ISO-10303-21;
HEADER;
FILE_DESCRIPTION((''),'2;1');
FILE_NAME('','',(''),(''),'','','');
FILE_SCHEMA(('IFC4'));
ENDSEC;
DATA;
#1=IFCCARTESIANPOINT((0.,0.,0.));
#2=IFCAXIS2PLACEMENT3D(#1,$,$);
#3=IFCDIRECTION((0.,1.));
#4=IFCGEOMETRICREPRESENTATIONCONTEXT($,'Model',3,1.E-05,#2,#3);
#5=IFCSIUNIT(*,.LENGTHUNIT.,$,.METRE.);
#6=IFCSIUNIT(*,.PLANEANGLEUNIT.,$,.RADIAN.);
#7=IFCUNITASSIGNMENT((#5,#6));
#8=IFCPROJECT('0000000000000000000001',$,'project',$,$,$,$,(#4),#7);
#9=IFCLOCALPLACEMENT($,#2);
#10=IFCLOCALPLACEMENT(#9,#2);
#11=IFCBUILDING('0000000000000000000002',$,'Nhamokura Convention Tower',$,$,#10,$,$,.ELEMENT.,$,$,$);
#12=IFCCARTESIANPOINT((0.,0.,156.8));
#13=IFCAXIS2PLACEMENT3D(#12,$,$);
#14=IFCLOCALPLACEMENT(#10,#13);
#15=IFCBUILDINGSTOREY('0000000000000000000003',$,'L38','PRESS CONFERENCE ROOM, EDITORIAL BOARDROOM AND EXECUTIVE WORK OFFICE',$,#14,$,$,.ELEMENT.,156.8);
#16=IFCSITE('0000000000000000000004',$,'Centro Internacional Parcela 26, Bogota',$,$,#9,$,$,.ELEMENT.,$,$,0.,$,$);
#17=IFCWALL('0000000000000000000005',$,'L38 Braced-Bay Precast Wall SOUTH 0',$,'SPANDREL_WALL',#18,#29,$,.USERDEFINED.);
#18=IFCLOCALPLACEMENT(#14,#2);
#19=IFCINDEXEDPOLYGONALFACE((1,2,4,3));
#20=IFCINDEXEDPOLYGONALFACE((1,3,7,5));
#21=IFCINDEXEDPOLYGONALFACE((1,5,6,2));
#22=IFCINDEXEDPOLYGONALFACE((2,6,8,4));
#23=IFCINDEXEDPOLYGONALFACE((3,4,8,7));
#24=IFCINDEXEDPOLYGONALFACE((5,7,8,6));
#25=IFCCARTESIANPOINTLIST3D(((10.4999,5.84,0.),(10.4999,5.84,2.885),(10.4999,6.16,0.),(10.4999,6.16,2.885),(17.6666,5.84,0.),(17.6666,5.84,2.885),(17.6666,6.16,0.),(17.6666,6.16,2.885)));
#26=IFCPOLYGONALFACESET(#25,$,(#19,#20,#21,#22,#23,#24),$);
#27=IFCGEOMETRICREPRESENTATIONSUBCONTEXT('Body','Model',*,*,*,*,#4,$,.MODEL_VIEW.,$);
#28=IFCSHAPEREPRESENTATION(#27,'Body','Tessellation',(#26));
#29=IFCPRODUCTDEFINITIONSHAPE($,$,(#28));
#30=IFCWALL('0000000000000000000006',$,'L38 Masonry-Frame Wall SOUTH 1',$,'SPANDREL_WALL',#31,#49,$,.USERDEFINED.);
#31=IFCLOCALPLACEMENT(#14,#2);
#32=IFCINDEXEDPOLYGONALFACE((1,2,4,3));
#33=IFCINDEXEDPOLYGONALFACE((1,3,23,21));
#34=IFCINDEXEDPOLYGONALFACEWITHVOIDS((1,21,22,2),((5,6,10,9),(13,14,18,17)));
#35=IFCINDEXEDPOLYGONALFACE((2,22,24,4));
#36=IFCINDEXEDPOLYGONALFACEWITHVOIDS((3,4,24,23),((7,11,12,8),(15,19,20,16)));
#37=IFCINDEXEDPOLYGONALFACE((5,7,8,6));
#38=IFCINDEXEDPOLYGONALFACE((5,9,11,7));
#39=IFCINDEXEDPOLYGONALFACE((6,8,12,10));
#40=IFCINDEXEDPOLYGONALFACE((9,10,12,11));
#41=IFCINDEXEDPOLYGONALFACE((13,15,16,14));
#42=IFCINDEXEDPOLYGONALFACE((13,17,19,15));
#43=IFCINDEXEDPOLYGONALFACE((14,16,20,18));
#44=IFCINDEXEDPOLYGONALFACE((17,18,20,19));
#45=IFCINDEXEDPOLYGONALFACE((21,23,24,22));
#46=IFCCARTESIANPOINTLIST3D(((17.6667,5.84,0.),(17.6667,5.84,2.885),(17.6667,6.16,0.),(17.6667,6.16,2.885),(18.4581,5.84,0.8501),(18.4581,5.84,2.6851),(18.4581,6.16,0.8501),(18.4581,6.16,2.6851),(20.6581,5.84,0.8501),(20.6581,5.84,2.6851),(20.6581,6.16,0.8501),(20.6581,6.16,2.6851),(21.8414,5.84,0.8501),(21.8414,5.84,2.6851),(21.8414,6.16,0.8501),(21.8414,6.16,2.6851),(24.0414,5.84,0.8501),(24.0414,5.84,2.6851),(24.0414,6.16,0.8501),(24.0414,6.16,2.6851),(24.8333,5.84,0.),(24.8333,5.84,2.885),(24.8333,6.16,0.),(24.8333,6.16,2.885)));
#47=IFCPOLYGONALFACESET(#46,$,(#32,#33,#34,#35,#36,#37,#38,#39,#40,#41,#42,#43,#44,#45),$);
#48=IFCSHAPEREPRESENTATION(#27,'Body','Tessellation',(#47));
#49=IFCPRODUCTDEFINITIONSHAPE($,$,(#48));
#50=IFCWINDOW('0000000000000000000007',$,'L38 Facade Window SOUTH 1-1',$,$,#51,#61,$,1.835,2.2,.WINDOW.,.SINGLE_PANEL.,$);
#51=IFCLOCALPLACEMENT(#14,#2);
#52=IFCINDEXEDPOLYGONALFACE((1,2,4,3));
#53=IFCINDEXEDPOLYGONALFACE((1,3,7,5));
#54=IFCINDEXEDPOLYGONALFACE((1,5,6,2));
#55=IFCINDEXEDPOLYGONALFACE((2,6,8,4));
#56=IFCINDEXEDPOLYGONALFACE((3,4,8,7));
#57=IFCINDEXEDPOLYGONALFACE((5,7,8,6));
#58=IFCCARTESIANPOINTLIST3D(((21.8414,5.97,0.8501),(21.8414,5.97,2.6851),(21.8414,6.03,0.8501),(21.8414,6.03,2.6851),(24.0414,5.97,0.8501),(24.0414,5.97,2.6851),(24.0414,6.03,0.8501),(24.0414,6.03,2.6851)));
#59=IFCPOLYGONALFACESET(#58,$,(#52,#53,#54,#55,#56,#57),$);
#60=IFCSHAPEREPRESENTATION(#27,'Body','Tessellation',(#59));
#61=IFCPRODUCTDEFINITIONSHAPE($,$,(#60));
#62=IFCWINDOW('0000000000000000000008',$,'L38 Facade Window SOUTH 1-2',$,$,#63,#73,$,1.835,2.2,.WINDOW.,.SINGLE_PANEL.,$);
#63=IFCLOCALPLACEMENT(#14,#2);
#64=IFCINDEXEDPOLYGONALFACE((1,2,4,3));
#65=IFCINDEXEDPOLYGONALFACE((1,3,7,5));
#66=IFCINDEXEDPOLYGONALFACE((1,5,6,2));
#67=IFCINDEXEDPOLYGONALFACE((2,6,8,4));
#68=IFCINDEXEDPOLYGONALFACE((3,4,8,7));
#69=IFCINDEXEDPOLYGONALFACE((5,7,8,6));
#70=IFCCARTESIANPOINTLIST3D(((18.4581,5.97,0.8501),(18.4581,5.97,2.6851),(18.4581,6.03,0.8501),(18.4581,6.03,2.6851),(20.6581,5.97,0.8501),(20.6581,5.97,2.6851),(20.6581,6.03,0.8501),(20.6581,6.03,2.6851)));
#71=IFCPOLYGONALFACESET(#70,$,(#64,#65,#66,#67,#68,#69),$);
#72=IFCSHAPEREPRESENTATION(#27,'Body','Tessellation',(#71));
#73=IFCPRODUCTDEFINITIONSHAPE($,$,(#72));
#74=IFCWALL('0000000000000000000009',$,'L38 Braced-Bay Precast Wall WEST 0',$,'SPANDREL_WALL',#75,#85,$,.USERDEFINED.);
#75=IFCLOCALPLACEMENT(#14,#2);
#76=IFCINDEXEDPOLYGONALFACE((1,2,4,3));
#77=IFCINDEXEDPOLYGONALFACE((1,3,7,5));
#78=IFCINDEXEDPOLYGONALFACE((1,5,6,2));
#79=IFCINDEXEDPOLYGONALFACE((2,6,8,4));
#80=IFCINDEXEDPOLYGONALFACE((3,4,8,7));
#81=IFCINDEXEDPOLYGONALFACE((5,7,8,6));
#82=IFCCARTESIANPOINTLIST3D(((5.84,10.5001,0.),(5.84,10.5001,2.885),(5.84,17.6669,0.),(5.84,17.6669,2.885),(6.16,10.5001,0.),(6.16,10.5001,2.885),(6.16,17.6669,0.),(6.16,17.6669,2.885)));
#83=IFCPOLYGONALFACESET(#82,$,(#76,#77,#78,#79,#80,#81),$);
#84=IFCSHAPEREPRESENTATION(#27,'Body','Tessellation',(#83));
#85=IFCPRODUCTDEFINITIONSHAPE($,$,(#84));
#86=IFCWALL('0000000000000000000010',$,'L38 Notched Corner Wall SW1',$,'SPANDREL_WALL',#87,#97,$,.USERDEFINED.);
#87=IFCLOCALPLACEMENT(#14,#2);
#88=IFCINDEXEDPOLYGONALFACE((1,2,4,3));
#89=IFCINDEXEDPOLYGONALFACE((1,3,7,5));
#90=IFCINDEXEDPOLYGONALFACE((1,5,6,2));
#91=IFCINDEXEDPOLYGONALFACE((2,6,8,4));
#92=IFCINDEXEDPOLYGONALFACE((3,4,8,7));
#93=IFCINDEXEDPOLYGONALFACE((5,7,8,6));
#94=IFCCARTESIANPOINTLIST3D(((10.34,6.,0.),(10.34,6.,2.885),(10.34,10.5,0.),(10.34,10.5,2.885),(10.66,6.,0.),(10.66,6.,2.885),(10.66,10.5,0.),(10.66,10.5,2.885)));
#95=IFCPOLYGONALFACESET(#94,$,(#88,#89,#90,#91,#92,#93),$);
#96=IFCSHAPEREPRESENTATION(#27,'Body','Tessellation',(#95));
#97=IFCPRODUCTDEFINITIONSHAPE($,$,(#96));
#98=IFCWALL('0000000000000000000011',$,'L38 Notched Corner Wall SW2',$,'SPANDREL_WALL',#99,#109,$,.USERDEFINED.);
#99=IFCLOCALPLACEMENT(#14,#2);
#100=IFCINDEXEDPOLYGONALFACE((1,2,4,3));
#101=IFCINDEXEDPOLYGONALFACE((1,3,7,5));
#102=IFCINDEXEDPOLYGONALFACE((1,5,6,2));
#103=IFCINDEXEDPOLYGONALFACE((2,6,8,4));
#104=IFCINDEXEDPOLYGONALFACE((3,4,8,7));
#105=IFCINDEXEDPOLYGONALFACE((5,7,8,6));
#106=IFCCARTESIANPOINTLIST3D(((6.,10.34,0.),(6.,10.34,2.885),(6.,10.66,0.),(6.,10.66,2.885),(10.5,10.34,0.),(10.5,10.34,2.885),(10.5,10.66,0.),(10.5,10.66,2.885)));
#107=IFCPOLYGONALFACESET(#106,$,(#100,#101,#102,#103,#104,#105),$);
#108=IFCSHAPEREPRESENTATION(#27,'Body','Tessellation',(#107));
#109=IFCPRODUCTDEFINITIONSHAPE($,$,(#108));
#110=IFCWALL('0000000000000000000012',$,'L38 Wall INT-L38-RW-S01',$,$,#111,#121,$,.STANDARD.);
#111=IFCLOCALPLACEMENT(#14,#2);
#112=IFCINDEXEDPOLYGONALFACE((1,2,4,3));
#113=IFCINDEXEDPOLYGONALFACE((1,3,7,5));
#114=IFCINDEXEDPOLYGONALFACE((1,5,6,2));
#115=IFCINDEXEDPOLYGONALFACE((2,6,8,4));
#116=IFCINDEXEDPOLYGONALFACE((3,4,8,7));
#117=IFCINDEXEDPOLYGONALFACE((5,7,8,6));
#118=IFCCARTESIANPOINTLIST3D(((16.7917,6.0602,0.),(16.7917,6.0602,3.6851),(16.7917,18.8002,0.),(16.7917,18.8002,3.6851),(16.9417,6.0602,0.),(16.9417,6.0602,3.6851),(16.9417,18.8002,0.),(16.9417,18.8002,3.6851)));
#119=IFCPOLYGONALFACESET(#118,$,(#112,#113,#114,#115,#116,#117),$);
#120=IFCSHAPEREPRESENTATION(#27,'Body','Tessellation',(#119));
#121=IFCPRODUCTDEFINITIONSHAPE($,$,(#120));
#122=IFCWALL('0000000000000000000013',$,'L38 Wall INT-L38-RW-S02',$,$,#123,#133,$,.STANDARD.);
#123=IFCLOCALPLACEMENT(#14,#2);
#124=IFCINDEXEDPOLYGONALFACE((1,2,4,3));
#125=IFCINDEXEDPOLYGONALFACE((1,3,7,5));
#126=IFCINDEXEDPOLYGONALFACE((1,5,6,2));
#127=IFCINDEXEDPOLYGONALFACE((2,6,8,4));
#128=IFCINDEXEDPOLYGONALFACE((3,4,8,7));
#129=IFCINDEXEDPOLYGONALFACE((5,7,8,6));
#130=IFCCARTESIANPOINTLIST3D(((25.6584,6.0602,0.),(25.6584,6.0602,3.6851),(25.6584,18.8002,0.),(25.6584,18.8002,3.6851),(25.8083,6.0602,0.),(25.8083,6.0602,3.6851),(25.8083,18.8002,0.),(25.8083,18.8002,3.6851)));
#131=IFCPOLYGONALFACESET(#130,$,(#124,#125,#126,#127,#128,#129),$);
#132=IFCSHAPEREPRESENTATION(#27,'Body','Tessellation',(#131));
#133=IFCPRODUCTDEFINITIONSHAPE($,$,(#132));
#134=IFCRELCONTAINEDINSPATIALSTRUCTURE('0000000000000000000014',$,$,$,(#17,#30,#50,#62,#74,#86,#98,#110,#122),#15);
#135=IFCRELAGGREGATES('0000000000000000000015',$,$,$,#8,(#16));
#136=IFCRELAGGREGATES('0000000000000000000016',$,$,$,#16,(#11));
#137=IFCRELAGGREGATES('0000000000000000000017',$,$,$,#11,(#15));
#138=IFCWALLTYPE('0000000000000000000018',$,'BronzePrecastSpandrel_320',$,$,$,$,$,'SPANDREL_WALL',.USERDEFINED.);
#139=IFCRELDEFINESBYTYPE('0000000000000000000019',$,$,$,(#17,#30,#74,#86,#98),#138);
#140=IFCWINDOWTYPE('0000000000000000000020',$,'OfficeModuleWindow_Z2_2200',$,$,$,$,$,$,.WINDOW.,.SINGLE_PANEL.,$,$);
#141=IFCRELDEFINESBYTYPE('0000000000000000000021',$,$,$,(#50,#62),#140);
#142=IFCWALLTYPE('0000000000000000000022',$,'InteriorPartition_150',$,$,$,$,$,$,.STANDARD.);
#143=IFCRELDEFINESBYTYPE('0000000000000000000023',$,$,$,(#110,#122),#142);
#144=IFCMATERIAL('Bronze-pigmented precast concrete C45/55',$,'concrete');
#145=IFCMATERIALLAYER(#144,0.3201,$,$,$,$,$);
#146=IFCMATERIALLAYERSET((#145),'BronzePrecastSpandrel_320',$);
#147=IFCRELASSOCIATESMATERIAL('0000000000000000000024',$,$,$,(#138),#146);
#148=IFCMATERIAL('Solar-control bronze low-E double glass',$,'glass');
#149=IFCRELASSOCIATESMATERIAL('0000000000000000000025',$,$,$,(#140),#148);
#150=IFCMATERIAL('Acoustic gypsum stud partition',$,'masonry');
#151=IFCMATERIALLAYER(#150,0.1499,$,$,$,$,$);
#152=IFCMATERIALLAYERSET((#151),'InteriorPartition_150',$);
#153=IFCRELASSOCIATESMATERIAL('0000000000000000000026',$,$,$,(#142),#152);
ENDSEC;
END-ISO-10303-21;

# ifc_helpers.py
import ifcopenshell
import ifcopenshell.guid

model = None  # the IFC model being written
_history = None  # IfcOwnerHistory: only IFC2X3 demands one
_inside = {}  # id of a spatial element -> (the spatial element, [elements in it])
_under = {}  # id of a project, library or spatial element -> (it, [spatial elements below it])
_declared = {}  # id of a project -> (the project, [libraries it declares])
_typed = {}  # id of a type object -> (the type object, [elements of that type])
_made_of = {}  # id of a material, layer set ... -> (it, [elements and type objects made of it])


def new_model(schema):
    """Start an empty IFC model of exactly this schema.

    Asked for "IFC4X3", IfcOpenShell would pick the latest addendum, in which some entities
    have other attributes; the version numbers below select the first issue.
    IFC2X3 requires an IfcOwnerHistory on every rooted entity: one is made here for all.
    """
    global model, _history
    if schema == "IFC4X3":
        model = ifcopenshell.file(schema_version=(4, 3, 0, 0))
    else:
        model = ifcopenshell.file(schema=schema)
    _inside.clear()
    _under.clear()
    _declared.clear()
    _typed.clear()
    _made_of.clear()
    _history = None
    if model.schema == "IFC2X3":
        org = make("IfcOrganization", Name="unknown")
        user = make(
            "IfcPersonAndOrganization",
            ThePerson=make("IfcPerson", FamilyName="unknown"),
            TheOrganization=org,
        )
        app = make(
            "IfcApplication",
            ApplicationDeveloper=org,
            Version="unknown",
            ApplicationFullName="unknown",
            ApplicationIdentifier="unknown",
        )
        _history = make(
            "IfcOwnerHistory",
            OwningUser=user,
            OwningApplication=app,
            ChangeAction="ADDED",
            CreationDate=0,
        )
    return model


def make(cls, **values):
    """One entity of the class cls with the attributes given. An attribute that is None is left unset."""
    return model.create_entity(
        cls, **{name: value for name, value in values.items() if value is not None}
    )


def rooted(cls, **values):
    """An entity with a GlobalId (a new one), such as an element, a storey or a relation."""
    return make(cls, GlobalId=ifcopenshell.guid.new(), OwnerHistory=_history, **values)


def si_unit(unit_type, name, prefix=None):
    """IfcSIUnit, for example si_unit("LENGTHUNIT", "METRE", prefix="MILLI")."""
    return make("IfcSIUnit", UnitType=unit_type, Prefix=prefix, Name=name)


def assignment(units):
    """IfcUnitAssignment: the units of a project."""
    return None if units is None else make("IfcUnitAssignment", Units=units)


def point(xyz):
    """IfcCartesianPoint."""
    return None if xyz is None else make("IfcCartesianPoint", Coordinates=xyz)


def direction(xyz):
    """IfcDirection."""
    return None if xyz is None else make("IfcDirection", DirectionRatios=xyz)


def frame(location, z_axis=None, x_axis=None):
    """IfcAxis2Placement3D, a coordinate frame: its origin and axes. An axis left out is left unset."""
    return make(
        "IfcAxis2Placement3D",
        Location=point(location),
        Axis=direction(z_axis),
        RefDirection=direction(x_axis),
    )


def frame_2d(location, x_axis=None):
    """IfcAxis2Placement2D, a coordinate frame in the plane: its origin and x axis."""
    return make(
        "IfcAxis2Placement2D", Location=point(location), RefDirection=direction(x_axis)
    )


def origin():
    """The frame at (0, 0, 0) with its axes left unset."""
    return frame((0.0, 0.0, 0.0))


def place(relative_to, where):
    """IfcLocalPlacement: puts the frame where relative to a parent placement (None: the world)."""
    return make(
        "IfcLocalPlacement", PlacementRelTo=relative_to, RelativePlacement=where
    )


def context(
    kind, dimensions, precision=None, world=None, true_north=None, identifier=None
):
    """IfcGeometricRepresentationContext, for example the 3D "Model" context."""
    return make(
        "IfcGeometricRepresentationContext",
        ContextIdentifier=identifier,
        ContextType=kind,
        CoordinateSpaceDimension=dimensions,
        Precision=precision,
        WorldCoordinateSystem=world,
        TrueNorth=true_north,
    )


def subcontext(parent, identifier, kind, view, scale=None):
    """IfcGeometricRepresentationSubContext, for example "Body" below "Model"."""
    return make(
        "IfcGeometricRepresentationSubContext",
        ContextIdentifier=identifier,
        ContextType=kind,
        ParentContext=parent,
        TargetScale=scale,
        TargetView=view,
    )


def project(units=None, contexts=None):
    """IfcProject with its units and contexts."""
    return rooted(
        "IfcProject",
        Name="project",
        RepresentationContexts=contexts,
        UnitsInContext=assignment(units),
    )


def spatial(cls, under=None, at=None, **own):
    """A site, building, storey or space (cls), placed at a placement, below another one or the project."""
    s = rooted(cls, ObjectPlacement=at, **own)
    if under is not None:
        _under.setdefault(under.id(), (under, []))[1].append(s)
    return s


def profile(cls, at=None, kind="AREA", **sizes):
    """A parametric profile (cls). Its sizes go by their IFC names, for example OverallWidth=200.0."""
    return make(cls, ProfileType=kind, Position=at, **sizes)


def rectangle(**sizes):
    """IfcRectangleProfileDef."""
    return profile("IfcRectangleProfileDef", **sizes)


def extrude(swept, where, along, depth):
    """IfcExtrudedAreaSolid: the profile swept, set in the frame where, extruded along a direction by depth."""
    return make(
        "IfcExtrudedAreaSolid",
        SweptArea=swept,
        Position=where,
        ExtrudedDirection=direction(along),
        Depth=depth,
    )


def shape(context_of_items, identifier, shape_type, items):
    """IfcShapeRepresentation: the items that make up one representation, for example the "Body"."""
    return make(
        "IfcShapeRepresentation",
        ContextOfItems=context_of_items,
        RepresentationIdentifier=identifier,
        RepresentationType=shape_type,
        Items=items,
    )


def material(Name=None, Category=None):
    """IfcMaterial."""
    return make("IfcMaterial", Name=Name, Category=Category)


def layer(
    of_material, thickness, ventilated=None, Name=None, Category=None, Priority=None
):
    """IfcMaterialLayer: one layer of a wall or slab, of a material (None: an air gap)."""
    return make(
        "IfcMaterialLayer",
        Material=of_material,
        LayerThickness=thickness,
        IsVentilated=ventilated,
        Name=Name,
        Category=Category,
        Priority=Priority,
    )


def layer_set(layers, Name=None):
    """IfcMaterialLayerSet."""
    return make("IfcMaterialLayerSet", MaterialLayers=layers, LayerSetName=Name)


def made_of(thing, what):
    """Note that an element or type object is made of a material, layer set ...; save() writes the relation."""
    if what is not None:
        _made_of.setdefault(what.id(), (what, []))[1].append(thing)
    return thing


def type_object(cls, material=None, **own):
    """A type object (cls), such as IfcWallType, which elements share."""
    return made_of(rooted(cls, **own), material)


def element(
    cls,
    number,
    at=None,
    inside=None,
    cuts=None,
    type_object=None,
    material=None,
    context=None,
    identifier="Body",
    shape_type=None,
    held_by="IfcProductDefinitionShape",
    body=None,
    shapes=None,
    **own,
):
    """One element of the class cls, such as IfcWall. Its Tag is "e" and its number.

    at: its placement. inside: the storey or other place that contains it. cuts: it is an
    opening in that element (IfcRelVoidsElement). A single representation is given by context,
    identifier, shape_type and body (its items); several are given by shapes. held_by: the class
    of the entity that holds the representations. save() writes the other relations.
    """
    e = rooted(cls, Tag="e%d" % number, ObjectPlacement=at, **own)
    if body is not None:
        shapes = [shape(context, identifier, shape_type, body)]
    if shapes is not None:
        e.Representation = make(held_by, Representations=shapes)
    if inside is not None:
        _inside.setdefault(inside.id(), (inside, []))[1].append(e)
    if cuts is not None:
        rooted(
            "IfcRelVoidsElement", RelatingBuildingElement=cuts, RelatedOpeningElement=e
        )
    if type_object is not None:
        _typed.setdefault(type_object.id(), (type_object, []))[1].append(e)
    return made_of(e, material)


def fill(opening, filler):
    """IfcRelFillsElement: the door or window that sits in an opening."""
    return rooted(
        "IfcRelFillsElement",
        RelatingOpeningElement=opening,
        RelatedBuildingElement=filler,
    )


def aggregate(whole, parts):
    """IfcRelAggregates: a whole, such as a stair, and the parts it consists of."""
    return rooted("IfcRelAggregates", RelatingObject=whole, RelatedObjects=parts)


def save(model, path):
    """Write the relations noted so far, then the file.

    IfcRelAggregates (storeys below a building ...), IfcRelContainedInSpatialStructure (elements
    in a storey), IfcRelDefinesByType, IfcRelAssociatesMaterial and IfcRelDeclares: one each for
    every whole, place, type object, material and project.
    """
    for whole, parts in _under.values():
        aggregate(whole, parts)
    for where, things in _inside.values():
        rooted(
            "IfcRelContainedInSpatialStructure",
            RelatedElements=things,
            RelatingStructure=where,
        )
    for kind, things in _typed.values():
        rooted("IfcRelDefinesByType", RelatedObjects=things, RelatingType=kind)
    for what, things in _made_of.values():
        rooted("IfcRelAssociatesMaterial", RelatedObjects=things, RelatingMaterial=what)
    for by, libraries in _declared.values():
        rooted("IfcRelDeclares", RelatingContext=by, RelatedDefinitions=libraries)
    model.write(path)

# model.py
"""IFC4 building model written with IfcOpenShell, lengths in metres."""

from ifc_helpers import new_model, si_unit, direction, frame, frame_2d, origin, place, context, subcontext, project, spatial, rectangle, extrude, material, layer, layer_set, type_object, element, fill, save


model = new_model("IFC4")

# Units and contexts
model_context = context("Model", 3, precision=1e-05, world=origin(), true_north=direction((0.0, 1.0)))
body_context = subcontext(model_context, "Body", "Model", "MODEL_VIEW")
ifc_project = project(units=[si_unit("LENGTHUNIT", "METRE"), si_unit("PLANEANGLEUNIT", "RADIAN")], contexts=[model_context])

# Site, building, storey
site_placement = place(None, origin())
site = spatial("IfcSite", under=ifc_project, at=site_placement, Name="Centro Internacional Parcela 26, Bogota", CompositionType="ELEMENT", RefElevation=0.0)
building_placement = place(site_placement, origin())
building = spatial("IfcBuilding", under=site, at=building_placement, Name="Nhamokura Convention Tower", CompositionType="ELEMENT")
storey_placement = place(building_placement, frame((0.0, 0.0, 156.8)))
storey = spatial("IfcBuildingStorey", under=building, at=storey_placement, Name="L38", Description="PRESS CONFERENCE ROOM, EDITORIAL BOARDROOM AND EXECUTIVE WORK OFFICE", CompositionType="ELEMENT", Elevation=156.8)

# Wall
ifc_material_1 = material(Name="Bronze-pigmented precast concrete C45/55", Category="concrete")
ifc_layer_1 = layer(ifc_material_1, 0.3201)
ifc_layer_set_1 = layer_set([ifc_layer_1], Name="BronzePrecastSpandrel_320")
wall_type_1 = type_object("IfcWallType", Name="BronzePrecastSpandrel_320", ElementType="SPANDREL_WALL", PredefinedType="USERDEFINED", material=ifc_layer_set_1)
wall_1_placement = place(storey_placement, frame((17.6667, 6.0, 0.0), z_axis=(0.0, 0.0, 1.0), x_axis=(-1.0, 0.0, 0.0)))
element("IfcWall", 1, at=wall_1_placement, inside=storey, type_object=wall_type_1, Name="L38 Braced-Bay Precast Wall SOUTH 0", ObjectType="SPANDREL_WALL", PredefinedType="USERDEFINED", context=body_context, shape_type="SweptSolid", body=[
    extrude(rectangle(XDim=7.1667, YDim=0.3201, at=frame_2d((3.5835, 0.0))), origin(), (0.0, 0.0, 1.0), 2.885),
])

# Wall, openings, windows
wall_2_placement = place(storey_placement, frame((24.8333, 6.0, 0.0), z_axis=(0.0, 0.0, 1.0), x_axis=(-1.0, 0.0, 0.0)))
wall_2 = element("IfcWall", 2, at=wall_2_placement, inside=storey, type_object=wall_type_1, Name="L38 Masonry-Frame Wall SOUTH 1", ObjectType="SPANDREL_WALL", PredefinedType="USERDEFINED", context=body_context, shape_type="SweptSolid", body=[
    extrude(rectangle(XDim=7.1665, YDim=0.3201, at=frame_2d((3.5833, 0.0))), origin(), (0.0, 0.0, 1.0), 2.885),
])
opening_1_placement = place(wall_2_placement, frame((0.7917, 0.0, 0.8501)))
opening_1 = element("IfcOpeningElement", 3, at=opening_1_placement, cuts=wall_2, PredefinedType="OPENING", context=body_context, shape_type="SweptSolid", body=[
    extrude(rectangle(XDim=2.2, YDim=1.835, at=frame_2d((1.1001, 0.9175))), frame((0.0, 0.1699, 0.0), z_axis=(0.0, -1.0, 0.0), x_axis=(1.0, 0.0, 0.0)), (0.0, 0.0, 1.0), 0.3401),
])
opening_2_placement = place(wall_2_placement, frame((4.175, 0.0, 0.8501)))
opening_2 = element("IfcOpeningElement", 4, at=opening_2_placement, cuts=wall_2, PredefinedType="OPENING", context=body_context, shape_type="SweptSolid", body=[
    extrude(rectangle(XDim=2.2, YDim=1.835, at=frame_2d((1.1001, 0.9175))), frame((0.0, 0.1699, 0.0), z_axis=(0.0, -1.0, 0.0), x_axis=(1.0, 0.0, 0.0)), (0.0, 0.0, 1.0), 0.3401),
])
ifc_material_2 = material(Name="Solar-control bronze low-E double glass", Category="glass")
window_type = type_object("IfcWindowType", Name="OfficeModuleWindow_Z2_2200", PartitioningType="SINGLE_PANEL", PredefinedType="WINDOW", material=ifc_material_2)
window_1_placement = place(opening_1_placement, origin())
window_1 = element("IfcWindow", 5, at=window_1_placement, inside=storey, type_object=window_type, Name="L38 Facade Window SOUTH 1-1", OverallHeight=1.835, OverallWidth=2.2, PartitioningType="SINGLE_PANEL", PredefinedType="WINDOW", context=body_context, shape_type="SweptSolid", body=[
    extrude(rectangle(XDim=2.2, YDim=1.835, at=frame_2d((1.1001, 0.9175))), frame((0.0, 0.03, 0.0), z_axis=(0.0, -1.0, 0.0), x_axis=(1.0, 0.0, 0.0)), (0.0, 0.0, 1.0), 0.0601),
])
fill(opening_1, window_1)
window_2_placement = place(opening_2_placement, origin())
window_2 = element("IfcWindow", 6, at=window_2_placement, inside=storey, type_object=window_type, Name="L38 Facade Window SOUTH 1-2", OverallHeight=1.835, OverallWidth=2.2, PartitioningType="SINGLE_PANEL", PredefinedType="WINDOW", context=body_context, shape_type="SweptSolid", body=[
    extrude(rectangle(XDim=2.2, YDim=1.835, at=frame_2d((1.1001, 0.9175))), frame((0.0, 0.03, 0.0), z_axis=(0.0, -1.0, 0.0), x_axis=(1.0, 0.0, 0.0)), (0.0, 0.0, 1.0), 0.0601),
])
fill(opening_2, window_2)

# Walls
wall_3_placement = place(storey_placement, frame((6.0, 10.5, 0.0), z_axis=(0.0, 0.0, 1.0), x_axis=(0.0, 1.0, 0.0)))
element("IfcWall", 7, at=wall_3_placement, inside=storey, type_object=wall_type_1, Name="L38 Braced-Bay Precast Wall WEST 0", ObjectType="SPANDREL_WALL", PredefinedType="USERDEFINED", context=body_context, shape_type="SweptSolid", body=[
    extrude(rectangle(XDim=7.1667, YDim=0.3201, at=frame_2d((3.5835, 0.0))), origin(), (0.0, 0.0, 1.0), 2.885),
])
for number, where, z_axis, x_axis, name in (
    (8, (10.5, 6.0, 0.0), (0.0, 0.0, 1.0), (0.0, 1.0, 0.0), "L38 Notched Corner Wall SW1"),
    (9, (10.5, 10.5, 0.0), (0.0, 0.0, 1.0), (-1.0, 0.0, 0.0), "L38 Notched Corner Wall SW2"),
):
    element("IfcWall", number, at=place(storey_placement, frame(where, z_axis=z_axis, x_axis=x_axis)), inside=storey, type_object=wall_type_1, Name=name, ObjectType="SPANDREL_WALL", PredefinedType="USERDEFINED", context=body_context, shape_type="SweptSolid", body=[
        extrude(rectangle(XDim=4.5, YDim=0.3201, at=frame_2d((2.25, 0.0))), origin(), (0.0, 0.0, 1.0), 2.885),
    ])
ifc_material_3 = material(Name="Acoustic gypsum stud partition", Category="masonry")
ifc_layer_2 = layer(ifc_material_3, 0.1499)
ifc_layer_set_2 = layer_set([ifc_layer_2], Name="InteriorPartition_150")
wall_type_2 = type_object("IfcWallType", Name="InteriorPartition_150", PredefinedType="STANDARD", material=ifc_layer_set_2)
for number, where, z_axis, x_axis, name in (
    (10, (16.8667, 6.0601, 0.0), (0.0, 0.0, 1.0), (0.0, 1.0, 0.0), "L38 Wall INT-L38-RW-S01"),
    (11, (25.7334, 6.0601, 0.0), (0.0, 0.0, 1.0), (0.0, 1.0, 0.0), "L38 Wall INT-L38-RW-S02"),
):
    element("IfcWall", number, at=place(storey_placement, frame(where, z_axis=z_axis, x_axis=x_axis)), inside=storey, type_object=wall_type_2, Name=name, PredefinedType="STANDARD", context=body_context, shape_type="SweptSolid", body=[
        extrude(rectangle(XDim=12.74, YDim=0.1499, at=frame_2d((6.3701, 0.0))), origin(), (0.0, 0.0, 1.0), 3.6851),
    ])

save(model, "model.ifc")
